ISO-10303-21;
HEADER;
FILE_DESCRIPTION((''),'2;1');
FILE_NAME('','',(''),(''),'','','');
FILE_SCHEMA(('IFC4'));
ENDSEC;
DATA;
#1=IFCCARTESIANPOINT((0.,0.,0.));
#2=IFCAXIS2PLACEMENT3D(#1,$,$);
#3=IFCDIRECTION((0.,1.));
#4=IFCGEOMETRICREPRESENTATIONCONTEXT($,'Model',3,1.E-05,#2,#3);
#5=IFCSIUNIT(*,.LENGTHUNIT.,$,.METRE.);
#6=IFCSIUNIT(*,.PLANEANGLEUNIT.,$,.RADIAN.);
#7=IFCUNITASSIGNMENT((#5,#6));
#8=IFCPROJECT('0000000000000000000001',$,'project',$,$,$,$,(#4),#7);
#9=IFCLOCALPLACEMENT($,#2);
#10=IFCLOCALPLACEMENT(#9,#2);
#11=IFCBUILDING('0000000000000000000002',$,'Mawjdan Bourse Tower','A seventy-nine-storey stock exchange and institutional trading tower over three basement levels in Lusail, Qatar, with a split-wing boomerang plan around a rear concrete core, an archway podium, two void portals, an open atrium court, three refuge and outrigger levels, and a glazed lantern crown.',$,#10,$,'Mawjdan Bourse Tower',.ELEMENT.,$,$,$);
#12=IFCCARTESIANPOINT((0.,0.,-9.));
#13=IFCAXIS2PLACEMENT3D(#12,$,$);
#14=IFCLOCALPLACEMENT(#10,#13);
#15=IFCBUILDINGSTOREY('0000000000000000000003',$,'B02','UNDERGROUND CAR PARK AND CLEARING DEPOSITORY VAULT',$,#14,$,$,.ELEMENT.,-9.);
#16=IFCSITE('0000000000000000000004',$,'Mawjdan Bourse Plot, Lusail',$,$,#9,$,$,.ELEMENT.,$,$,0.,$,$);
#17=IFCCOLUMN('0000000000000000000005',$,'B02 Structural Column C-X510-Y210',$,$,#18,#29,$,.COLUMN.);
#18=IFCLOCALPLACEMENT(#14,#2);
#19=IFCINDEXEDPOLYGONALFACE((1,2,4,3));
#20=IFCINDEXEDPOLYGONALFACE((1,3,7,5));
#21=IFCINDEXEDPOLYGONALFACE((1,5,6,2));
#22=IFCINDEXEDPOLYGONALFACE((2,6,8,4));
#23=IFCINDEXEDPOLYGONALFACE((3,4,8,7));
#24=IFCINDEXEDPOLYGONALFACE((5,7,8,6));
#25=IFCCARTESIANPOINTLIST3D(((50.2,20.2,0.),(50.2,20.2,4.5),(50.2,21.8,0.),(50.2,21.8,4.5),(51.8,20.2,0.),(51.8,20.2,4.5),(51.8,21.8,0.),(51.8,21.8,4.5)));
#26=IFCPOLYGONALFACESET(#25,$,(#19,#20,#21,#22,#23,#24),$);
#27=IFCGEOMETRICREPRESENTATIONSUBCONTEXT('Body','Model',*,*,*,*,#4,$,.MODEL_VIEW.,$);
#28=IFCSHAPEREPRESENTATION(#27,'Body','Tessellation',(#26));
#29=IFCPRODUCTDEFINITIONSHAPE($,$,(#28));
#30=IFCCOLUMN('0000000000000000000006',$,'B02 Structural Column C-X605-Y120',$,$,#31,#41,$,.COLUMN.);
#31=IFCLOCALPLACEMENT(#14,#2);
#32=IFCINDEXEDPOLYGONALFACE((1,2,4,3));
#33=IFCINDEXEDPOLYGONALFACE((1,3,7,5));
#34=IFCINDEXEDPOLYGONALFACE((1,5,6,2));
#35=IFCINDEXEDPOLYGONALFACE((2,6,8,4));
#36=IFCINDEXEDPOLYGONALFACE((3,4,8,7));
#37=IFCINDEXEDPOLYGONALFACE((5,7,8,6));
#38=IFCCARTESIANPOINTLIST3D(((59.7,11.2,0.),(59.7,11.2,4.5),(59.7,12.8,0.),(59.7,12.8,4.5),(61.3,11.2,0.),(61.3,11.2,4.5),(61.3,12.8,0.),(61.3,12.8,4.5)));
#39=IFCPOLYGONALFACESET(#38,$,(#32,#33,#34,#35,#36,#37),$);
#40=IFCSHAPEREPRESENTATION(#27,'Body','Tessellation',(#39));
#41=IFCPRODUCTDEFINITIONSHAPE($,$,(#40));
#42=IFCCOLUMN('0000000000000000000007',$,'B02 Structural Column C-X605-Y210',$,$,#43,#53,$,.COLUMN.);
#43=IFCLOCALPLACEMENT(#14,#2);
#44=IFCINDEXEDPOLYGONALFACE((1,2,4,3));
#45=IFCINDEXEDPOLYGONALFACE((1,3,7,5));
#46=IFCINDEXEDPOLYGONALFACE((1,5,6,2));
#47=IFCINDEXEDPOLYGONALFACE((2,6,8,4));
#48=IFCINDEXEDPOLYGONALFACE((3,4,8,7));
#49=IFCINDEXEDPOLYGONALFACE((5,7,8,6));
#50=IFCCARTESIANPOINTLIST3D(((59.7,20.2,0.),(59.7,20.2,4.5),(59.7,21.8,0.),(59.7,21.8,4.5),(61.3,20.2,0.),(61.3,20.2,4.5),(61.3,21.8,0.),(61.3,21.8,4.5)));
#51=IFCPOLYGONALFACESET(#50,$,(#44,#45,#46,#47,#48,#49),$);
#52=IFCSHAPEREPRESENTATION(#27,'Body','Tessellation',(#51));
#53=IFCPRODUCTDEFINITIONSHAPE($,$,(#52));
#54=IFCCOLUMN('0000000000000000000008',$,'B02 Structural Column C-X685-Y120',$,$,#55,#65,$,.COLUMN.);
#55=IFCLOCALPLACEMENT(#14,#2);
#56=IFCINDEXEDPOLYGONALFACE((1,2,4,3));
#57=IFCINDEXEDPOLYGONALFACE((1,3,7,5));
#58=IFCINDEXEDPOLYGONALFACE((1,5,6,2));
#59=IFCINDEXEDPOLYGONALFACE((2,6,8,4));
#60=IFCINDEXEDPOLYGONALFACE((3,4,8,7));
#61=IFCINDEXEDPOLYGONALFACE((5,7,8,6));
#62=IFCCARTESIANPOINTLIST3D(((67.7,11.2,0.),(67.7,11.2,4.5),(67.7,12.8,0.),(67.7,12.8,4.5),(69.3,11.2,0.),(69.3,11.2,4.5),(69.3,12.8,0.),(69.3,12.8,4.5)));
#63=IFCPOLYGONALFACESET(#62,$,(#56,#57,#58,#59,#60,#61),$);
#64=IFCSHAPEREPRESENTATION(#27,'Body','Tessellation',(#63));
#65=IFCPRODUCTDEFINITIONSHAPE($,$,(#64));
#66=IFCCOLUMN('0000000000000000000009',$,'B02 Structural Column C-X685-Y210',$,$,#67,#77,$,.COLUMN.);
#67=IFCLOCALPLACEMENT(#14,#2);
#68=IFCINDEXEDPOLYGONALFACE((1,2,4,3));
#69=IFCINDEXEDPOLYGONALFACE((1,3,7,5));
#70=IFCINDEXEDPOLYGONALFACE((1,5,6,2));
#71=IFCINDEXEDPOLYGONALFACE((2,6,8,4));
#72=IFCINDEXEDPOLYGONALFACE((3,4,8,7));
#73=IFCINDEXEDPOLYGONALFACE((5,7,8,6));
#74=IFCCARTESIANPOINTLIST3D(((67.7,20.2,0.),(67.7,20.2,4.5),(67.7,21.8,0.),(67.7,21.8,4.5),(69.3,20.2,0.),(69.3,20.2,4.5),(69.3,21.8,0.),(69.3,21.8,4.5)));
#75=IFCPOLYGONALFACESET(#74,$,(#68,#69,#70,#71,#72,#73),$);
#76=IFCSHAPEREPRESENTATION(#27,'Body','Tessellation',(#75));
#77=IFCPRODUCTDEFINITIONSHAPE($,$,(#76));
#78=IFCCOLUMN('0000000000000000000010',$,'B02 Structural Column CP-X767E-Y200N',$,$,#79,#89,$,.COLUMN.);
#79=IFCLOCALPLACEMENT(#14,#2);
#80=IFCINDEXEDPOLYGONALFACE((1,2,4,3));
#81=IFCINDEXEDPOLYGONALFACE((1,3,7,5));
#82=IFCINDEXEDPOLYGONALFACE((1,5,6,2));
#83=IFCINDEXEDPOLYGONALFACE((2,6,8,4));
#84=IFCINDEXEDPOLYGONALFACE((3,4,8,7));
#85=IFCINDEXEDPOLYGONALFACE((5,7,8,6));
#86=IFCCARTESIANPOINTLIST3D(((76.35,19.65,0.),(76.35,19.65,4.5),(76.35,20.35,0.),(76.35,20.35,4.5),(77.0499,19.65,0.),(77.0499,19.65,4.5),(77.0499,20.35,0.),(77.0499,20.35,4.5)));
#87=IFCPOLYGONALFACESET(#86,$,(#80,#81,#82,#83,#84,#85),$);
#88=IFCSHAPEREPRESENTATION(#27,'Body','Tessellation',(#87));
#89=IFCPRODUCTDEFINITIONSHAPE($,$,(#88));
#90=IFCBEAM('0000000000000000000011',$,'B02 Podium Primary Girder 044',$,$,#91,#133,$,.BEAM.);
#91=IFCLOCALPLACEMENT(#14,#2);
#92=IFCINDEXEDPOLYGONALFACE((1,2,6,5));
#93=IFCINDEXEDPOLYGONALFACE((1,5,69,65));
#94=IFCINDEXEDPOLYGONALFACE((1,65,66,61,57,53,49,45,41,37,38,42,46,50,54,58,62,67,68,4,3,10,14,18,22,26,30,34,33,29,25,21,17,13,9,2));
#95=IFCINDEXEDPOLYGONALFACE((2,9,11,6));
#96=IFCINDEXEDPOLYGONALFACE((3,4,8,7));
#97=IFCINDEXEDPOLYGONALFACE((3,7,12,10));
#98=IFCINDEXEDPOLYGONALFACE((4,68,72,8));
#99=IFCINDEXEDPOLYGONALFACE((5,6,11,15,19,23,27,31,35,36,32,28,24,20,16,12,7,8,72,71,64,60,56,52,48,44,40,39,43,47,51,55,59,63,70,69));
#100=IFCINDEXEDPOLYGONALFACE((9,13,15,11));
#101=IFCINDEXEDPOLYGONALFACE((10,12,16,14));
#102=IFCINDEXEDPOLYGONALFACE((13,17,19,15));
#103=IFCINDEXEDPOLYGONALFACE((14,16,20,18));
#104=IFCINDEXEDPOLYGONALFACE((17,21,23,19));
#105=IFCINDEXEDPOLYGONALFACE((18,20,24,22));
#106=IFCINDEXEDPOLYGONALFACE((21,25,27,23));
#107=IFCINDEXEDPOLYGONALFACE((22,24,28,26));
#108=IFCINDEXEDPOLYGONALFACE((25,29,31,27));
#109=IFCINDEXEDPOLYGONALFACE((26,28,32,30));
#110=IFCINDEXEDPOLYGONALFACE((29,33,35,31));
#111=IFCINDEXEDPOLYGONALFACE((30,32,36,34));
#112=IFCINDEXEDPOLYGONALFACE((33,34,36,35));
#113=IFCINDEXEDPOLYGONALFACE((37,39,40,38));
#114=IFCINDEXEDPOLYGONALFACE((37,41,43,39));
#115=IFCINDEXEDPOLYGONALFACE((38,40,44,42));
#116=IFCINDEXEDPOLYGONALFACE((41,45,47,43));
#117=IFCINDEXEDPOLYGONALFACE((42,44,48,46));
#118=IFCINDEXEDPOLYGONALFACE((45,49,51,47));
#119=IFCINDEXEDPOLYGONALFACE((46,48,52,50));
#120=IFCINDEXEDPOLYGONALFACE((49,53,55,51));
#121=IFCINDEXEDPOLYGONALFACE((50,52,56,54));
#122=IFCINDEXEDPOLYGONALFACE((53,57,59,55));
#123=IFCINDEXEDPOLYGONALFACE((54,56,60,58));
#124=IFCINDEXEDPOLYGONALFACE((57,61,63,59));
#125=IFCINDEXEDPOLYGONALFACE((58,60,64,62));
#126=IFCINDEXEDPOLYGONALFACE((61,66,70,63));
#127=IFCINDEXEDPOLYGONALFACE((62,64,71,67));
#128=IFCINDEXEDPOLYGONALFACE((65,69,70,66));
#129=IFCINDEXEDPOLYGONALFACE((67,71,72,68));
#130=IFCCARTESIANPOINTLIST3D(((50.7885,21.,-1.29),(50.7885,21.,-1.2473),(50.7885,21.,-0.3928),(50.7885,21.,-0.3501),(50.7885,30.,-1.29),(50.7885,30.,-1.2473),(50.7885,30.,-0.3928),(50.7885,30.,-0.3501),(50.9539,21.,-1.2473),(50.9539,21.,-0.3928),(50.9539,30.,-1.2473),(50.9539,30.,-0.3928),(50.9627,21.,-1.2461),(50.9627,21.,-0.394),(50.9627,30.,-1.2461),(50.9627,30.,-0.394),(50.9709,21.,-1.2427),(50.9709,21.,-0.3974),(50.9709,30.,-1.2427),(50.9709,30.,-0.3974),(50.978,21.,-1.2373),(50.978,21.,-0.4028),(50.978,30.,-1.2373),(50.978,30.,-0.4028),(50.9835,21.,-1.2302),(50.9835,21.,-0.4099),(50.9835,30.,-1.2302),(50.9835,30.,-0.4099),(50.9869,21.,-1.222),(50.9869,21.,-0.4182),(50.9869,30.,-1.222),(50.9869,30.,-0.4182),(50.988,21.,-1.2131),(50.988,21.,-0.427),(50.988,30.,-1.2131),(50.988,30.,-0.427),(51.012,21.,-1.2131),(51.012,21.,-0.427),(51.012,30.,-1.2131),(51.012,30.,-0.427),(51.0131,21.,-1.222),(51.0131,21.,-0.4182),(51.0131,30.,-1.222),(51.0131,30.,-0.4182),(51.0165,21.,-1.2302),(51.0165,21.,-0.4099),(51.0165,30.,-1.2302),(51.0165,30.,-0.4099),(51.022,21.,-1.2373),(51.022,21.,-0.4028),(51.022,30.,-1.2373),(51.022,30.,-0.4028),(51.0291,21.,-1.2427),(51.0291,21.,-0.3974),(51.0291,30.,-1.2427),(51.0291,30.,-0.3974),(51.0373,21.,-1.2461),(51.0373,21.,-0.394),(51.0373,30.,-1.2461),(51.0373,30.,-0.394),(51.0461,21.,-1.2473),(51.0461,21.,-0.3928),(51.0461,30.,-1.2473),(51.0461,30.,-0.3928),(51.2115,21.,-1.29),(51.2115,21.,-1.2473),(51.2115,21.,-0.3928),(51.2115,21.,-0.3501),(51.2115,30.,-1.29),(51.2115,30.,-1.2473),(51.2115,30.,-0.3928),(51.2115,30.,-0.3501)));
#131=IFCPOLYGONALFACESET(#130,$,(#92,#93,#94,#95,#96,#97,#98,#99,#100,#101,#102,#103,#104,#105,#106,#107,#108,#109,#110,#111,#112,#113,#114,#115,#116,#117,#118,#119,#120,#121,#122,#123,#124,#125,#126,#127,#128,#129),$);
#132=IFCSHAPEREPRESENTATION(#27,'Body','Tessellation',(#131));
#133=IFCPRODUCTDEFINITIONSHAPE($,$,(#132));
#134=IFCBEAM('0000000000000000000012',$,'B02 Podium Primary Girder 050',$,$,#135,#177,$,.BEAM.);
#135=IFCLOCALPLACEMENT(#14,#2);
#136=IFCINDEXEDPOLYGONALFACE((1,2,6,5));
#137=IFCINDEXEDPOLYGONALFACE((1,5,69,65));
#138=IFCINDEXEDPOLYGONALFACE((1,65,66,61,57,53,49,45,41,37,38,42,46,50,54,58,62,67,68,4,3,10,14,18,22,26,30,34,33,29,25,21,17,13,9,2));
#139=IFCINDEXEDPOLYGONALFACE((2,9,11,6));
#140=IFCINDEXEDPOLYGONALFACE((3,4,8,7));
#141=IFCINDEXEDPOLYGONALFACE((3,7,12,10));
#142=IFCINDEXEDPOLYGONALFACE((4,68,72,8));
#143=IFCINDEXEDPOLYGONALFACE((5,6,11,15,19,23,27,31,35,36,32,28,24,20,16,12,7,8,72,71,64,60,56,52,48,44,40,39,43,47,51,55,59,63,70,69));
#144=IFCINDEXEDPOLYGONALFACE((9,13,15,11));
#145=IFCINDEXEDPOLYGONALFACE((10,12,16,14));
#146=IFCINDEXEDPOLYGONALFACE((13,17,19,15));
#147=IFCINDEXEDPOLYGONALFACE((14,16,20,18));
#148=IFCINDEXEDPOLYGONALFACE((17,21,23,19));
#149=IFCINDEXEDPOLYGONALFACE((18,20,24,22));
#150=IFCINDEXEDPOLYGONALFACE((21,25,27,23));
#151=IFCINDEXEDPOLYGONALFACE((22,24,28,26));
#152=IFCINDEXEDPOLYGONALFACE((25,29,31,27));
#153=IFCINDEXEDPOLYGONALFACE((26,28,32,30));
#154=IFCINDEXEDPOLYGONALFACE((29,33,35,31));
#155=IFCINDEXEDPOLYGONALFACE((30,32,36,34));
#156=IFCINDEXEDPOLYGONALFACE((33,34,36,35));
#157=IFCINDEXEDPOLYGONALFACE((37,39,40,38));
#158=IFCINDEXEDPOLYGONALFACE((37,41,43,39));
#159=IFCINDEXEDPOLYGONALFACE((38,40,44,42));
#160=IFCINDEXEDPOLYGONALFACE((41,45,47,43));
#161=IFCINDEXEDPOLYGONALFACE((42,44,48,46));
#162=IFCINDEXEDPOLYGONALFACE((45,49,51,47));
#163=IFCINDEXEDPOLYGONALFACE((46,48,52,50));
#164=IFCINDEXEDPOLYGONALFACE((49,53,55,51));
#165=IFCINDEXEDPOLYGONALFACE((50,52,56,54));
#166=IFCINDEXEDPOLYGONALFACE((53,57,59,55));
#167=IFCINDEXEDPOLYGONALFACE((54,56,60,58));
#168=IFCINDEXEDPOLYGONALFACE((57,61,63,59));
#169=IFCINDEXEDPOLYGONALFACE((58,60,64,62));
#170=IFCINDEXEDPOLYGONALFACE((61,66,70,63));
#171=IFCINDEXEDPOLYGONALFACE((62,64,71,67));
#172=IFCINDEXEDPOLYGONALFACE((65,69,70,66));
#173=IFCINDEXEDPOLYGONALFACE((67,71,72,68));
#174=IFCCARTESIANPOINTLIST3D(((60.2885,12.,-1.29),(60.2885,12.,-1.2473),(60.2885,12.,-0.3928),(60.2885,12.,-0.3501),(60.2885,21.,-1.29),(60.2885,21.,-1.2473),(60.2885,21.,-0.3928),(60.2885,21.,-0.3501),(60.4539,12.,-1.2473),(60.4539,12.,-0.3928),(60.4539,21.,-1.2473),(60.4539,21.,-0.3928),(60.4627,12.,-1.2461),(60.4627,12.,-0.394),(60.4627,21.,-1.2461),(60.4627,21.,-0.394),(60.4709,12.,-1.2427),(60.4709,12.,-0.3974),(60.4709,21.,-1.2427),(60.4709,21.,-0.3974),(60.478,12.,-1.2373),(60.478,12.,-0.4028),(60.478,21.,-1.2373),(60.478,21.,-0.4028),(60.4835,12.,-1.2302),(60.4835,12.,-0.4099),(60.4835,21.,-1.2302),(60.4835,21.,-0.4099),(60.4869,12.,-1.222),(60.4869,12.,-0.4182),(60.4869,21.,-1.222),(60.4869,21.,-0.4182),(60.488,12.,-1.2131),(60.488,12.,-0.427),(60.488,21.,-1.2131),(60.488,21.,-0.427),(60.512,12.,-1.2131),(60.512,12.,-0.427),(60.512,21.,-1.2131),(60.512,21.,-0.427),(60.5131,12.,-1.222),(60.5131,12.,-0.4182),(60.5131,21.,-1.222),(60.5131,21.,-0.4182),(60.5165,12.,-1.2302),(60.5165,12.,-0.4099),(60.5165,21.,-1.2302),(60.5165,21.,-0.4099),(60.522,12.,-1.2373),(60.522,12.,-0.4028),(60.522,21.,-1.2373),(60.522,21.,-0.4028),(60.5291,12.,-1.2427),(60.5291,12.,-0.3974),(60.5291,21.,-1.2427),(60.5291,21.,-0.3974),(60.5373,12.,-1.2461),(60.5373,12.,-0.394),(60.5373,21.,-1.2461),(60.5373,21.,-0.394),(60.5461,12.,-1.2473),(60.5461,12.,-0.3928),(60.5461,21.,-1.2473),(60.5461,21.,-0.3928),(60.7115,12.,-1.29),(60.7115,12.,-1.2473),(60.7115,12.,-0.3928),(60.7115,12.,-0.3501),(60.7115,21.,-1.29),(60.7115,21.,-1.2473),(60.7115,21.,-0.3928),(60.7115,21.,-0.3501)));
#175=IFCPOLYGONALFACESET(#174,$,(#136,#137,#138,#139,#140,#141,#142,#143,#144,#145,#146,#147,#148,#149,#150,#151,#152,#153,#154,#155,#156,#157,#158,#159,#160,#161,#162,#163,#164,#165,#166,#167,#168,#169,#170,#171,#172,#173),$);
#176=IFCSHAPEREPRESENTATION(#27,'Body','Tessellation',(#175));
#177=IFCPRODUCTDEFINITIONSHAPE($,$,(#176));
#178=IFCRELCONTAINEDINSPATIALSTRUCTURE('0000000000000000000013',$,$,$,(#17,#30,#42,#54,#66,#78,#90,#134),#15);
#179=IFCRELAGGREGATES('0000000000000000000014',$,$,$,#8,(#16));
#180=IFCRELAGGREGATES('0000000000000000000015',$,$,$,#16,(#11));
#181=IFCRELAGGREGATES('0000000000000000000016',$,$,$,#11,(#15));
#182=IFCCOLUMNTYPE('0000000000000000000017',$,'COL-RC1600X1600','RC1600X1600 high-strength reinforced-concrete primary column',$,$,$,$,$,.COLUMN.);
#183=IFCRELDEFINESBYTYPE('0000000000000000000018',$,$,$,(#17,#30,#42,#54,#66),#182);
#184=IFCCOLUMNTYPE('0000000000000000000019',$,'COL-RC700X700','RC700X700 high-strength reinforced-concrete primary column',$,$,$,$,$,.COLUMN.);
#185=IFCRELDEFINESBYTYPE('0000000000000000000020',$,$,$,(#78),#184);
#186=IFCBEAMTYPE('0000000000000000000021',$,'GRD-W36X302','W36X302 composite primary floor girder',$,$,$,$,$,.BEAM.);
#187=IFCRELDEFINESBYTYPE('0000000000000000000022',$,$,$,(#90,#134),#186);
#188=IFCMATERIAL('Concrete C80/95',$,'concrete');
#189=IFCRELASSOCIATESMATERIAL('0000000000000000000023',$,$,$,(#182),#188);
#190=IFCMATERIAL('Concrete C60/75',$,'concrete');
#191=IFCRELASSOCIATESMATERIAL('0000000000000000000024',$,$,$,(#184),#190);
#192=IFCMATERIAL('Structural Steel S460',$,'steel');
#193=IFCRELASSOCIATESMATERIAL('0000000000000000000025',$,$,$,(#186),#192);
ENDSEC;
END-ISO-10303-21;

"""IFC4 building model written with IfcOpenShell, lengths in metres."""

from ifc_helpers import new_model, si_unit, direction, frame, origin, origin_2d, place, context, subcontext, project, spatial, rectangle, i_section, extrude, material, material_profile, profile_set, type_object, element, save


model = new_model("IFC4")

# Units and contexts
model_context = context("Model", 3, precision=1e-05, world=origin(), true_north=direction((0.0, 1.0)))
body_context = subcontext(model_context, "Body", "Model", "MODEL_VIEW")
ifc_project = project(units=[si_unit("LENGTHUNIT", "METRE"), si_unit("PLANEANGLEUNIT", "RADIAN")], contexts=[model_context])

# Site, building, storey
site_placement = place(None, origin())
site = spatial("IfcSite", under=ifc_project, at=site_placement, Name="Mawjdan Bourse Plot, Lusail", CompositionType="ELEMENT", RefElevation=0.0)
building_placement = place(site_placement, origin())
building = spatial("IfcBuilding", under=site, at=building_placement, Name="Mawjdan Bourse Tower", Description="A seventy-nine-storey stock exchange and institutional trading tower over three basement levels in Lusail, Qatar, with a split-wing boomerang plan around a rear concrete core, an archway podium, two void portals, an open atrium court, three refuge and outrigger levels, and a glazed lantern crown.", LongName="Mawjdan Bourse Tower", CompositionType="ELEMENT")
storey_placement = place(building_placement, frame((0.0, 0.0, -9.0)))
storey = spatial("IfcBuildingStorey", under=building, at=storey_placement, Name="B02", Description="UNDERGROUND CAR PARK AND CLEARING DEPOSITORY VAULT", CompositionType="ELEMENT", Elevation=-9.0)

# Columns
ifc_material_1 = material(Name="Concrete C80/95", Category="concrete")
ifc_material_profile_1 = material_profile(ifc_material_1, rectangle(XDim=1.6001, YDim=1.6001, at=origin_2d()), Name="RC1600X1600")
ifc_profile_set_1 = profile_set([ifc_material_profile_1], Name="Concrete C80/95")
column_type_1 = type_object("IfcColumnType", Name="COL-RC1600X1600", Description="RC1600X1600 high-strength reinforced-concrete primary column", PredefinedType="COLUMN", material=ifc_profile_set_1)
for number, where, z_axis, x_axis, name in (
    (1, (51.0, 21.0, 0.0), (0.0, 0.0, 1.0), (1.0, 0.0, 0.0), "B02 Structural Column C-X510-Y210"),
    (2, (60.5, 12.0, 0.0), (0.0, 0.0, 1.0), (1.0, 0.0, 0.0), "B02 Structural Column C-X605-Y120"),
    (3, (60.5, 21.0, 0.0), (0.0, 0.0, 1.0), (1.0, 0.0, 0.0), "B02 Structural Column C-X605-Y210"),
    (4, (68.5, 12.0, 0.0), (0.0, 0.0, 1.0), (1.0, 0.0, 0.0), "B02 Structural Column C-X685-Y120"),
    (5, (68.5, 21.0, 0.0), (0.0, 0.0, 1.0), (1.0, 0.0, 0.0), "B02 Structural Column C-X685-Y210"),
):
    element("IfcColumn", number, at=place(storey_placement, frame(where, z_axis=z_axis, x_axis=x_axis)), inside=storey, type_object=column_type_1, Name=name, PredefinedType="COLUMN", context=body_context, shape_type="SweptSolid", body=[
        extrude(rectangle(XDim=1.6001, YDim=1.6001, at=origin_2d()), origin(), (0.0, 0.0, 1.0), 4.5),
    ])
ifc_material_2 = material(Name="Concrete C60/75", Category="concrete")
ifc_material_profile_2 = material_profile(ifc_material_2, rectangle(XDim=0.7, YDim=0.7, at=origin_2d()), Name="RC700X700")
ifc_profile_set_2 = profile_set([ifc_material_profile_2], Name="Concrete C60/75")
column_type_2 = type_object("IfcColumnType", Name="COL-RC700X700", Description="RC700X700 high-strength reinforced-concrete primary column", PredefinedType="COLUMN", material=ifc_profile_set_2)
column_placement = place(storey_placement, frame((76.7, 20.0, 0.0), z_axis=(0.0, 0.0, 1.0), x_axis=(1.0, 0.0, 0.0)))
element("IfcColumn", 6, at=column_placement, inside=storey, type_object=column_type_2, Name="B02 Structural Column CP-X767E-Y200N", PredefinedType="COLUMN", context=body_context, shape_type="SweptSolid", body=[
    extrude(rectangle(XDim=0.7, YDim=0.7, at=origin_2d()), origin(), (0.0, 0.0, 1.0), 4.5),
])

# Beams
ifc_material_3 = material(Name="Structural Steel S460", Category="steel")
ifc_material_profile_3 = material_profile(ifc_material_3, i_section(OverallWidth=0.4231, OverallDepth=0.9399, WebThickness=0.0239, FlangeThickness=0.0427, FilletRadius=0.0342, at=origin_2d()), Name="W36X302")
ifc_profile_set_3 = profile_set([ifc_material_profile_3], Name="Structural Steel S460")
beam_type_1 = type_object("IfcBeamType", Name="GRD-W36X302", Description="W36X302 composite primary floor girder", PredefinedType="BEAM", material=ifc_profile_set_3)
for number, where, z_axis, x_axis, name in (
    (7, (51.0, 21.0, -0.8201), (0.0, 1.0, 0.0), (-1.0, 0.0, 0.0), "B02 Podium Primary Girder 044"),
    (8, (60.5, 12.0, -0.8201), (0.0, 1.0, 0.0), (-1.0, 0.0, 0.0), "B02 Podium Primary Girder 050"),
):
    element("IfcBeam", number, at=place(storey_placement, frame(where, z_axis=z_axis, x_axis=x_axis)), inside=storey, type_object=beam_type_1, Name=name, PredefinedType="BEAM", context=body_context, shape_type="SweptSolid", body=[
        extrude(i_section(OverallWidth=0.4231, OverallDepth=0.9399, WebThickness=0.0239, FlangeThickness=0.0427, FilletRadius=0.0342, at=origin_2d()), origin(), (0.0, 0.0, 1.0), 9.0),
    ])

save(model, "model.ifc")
